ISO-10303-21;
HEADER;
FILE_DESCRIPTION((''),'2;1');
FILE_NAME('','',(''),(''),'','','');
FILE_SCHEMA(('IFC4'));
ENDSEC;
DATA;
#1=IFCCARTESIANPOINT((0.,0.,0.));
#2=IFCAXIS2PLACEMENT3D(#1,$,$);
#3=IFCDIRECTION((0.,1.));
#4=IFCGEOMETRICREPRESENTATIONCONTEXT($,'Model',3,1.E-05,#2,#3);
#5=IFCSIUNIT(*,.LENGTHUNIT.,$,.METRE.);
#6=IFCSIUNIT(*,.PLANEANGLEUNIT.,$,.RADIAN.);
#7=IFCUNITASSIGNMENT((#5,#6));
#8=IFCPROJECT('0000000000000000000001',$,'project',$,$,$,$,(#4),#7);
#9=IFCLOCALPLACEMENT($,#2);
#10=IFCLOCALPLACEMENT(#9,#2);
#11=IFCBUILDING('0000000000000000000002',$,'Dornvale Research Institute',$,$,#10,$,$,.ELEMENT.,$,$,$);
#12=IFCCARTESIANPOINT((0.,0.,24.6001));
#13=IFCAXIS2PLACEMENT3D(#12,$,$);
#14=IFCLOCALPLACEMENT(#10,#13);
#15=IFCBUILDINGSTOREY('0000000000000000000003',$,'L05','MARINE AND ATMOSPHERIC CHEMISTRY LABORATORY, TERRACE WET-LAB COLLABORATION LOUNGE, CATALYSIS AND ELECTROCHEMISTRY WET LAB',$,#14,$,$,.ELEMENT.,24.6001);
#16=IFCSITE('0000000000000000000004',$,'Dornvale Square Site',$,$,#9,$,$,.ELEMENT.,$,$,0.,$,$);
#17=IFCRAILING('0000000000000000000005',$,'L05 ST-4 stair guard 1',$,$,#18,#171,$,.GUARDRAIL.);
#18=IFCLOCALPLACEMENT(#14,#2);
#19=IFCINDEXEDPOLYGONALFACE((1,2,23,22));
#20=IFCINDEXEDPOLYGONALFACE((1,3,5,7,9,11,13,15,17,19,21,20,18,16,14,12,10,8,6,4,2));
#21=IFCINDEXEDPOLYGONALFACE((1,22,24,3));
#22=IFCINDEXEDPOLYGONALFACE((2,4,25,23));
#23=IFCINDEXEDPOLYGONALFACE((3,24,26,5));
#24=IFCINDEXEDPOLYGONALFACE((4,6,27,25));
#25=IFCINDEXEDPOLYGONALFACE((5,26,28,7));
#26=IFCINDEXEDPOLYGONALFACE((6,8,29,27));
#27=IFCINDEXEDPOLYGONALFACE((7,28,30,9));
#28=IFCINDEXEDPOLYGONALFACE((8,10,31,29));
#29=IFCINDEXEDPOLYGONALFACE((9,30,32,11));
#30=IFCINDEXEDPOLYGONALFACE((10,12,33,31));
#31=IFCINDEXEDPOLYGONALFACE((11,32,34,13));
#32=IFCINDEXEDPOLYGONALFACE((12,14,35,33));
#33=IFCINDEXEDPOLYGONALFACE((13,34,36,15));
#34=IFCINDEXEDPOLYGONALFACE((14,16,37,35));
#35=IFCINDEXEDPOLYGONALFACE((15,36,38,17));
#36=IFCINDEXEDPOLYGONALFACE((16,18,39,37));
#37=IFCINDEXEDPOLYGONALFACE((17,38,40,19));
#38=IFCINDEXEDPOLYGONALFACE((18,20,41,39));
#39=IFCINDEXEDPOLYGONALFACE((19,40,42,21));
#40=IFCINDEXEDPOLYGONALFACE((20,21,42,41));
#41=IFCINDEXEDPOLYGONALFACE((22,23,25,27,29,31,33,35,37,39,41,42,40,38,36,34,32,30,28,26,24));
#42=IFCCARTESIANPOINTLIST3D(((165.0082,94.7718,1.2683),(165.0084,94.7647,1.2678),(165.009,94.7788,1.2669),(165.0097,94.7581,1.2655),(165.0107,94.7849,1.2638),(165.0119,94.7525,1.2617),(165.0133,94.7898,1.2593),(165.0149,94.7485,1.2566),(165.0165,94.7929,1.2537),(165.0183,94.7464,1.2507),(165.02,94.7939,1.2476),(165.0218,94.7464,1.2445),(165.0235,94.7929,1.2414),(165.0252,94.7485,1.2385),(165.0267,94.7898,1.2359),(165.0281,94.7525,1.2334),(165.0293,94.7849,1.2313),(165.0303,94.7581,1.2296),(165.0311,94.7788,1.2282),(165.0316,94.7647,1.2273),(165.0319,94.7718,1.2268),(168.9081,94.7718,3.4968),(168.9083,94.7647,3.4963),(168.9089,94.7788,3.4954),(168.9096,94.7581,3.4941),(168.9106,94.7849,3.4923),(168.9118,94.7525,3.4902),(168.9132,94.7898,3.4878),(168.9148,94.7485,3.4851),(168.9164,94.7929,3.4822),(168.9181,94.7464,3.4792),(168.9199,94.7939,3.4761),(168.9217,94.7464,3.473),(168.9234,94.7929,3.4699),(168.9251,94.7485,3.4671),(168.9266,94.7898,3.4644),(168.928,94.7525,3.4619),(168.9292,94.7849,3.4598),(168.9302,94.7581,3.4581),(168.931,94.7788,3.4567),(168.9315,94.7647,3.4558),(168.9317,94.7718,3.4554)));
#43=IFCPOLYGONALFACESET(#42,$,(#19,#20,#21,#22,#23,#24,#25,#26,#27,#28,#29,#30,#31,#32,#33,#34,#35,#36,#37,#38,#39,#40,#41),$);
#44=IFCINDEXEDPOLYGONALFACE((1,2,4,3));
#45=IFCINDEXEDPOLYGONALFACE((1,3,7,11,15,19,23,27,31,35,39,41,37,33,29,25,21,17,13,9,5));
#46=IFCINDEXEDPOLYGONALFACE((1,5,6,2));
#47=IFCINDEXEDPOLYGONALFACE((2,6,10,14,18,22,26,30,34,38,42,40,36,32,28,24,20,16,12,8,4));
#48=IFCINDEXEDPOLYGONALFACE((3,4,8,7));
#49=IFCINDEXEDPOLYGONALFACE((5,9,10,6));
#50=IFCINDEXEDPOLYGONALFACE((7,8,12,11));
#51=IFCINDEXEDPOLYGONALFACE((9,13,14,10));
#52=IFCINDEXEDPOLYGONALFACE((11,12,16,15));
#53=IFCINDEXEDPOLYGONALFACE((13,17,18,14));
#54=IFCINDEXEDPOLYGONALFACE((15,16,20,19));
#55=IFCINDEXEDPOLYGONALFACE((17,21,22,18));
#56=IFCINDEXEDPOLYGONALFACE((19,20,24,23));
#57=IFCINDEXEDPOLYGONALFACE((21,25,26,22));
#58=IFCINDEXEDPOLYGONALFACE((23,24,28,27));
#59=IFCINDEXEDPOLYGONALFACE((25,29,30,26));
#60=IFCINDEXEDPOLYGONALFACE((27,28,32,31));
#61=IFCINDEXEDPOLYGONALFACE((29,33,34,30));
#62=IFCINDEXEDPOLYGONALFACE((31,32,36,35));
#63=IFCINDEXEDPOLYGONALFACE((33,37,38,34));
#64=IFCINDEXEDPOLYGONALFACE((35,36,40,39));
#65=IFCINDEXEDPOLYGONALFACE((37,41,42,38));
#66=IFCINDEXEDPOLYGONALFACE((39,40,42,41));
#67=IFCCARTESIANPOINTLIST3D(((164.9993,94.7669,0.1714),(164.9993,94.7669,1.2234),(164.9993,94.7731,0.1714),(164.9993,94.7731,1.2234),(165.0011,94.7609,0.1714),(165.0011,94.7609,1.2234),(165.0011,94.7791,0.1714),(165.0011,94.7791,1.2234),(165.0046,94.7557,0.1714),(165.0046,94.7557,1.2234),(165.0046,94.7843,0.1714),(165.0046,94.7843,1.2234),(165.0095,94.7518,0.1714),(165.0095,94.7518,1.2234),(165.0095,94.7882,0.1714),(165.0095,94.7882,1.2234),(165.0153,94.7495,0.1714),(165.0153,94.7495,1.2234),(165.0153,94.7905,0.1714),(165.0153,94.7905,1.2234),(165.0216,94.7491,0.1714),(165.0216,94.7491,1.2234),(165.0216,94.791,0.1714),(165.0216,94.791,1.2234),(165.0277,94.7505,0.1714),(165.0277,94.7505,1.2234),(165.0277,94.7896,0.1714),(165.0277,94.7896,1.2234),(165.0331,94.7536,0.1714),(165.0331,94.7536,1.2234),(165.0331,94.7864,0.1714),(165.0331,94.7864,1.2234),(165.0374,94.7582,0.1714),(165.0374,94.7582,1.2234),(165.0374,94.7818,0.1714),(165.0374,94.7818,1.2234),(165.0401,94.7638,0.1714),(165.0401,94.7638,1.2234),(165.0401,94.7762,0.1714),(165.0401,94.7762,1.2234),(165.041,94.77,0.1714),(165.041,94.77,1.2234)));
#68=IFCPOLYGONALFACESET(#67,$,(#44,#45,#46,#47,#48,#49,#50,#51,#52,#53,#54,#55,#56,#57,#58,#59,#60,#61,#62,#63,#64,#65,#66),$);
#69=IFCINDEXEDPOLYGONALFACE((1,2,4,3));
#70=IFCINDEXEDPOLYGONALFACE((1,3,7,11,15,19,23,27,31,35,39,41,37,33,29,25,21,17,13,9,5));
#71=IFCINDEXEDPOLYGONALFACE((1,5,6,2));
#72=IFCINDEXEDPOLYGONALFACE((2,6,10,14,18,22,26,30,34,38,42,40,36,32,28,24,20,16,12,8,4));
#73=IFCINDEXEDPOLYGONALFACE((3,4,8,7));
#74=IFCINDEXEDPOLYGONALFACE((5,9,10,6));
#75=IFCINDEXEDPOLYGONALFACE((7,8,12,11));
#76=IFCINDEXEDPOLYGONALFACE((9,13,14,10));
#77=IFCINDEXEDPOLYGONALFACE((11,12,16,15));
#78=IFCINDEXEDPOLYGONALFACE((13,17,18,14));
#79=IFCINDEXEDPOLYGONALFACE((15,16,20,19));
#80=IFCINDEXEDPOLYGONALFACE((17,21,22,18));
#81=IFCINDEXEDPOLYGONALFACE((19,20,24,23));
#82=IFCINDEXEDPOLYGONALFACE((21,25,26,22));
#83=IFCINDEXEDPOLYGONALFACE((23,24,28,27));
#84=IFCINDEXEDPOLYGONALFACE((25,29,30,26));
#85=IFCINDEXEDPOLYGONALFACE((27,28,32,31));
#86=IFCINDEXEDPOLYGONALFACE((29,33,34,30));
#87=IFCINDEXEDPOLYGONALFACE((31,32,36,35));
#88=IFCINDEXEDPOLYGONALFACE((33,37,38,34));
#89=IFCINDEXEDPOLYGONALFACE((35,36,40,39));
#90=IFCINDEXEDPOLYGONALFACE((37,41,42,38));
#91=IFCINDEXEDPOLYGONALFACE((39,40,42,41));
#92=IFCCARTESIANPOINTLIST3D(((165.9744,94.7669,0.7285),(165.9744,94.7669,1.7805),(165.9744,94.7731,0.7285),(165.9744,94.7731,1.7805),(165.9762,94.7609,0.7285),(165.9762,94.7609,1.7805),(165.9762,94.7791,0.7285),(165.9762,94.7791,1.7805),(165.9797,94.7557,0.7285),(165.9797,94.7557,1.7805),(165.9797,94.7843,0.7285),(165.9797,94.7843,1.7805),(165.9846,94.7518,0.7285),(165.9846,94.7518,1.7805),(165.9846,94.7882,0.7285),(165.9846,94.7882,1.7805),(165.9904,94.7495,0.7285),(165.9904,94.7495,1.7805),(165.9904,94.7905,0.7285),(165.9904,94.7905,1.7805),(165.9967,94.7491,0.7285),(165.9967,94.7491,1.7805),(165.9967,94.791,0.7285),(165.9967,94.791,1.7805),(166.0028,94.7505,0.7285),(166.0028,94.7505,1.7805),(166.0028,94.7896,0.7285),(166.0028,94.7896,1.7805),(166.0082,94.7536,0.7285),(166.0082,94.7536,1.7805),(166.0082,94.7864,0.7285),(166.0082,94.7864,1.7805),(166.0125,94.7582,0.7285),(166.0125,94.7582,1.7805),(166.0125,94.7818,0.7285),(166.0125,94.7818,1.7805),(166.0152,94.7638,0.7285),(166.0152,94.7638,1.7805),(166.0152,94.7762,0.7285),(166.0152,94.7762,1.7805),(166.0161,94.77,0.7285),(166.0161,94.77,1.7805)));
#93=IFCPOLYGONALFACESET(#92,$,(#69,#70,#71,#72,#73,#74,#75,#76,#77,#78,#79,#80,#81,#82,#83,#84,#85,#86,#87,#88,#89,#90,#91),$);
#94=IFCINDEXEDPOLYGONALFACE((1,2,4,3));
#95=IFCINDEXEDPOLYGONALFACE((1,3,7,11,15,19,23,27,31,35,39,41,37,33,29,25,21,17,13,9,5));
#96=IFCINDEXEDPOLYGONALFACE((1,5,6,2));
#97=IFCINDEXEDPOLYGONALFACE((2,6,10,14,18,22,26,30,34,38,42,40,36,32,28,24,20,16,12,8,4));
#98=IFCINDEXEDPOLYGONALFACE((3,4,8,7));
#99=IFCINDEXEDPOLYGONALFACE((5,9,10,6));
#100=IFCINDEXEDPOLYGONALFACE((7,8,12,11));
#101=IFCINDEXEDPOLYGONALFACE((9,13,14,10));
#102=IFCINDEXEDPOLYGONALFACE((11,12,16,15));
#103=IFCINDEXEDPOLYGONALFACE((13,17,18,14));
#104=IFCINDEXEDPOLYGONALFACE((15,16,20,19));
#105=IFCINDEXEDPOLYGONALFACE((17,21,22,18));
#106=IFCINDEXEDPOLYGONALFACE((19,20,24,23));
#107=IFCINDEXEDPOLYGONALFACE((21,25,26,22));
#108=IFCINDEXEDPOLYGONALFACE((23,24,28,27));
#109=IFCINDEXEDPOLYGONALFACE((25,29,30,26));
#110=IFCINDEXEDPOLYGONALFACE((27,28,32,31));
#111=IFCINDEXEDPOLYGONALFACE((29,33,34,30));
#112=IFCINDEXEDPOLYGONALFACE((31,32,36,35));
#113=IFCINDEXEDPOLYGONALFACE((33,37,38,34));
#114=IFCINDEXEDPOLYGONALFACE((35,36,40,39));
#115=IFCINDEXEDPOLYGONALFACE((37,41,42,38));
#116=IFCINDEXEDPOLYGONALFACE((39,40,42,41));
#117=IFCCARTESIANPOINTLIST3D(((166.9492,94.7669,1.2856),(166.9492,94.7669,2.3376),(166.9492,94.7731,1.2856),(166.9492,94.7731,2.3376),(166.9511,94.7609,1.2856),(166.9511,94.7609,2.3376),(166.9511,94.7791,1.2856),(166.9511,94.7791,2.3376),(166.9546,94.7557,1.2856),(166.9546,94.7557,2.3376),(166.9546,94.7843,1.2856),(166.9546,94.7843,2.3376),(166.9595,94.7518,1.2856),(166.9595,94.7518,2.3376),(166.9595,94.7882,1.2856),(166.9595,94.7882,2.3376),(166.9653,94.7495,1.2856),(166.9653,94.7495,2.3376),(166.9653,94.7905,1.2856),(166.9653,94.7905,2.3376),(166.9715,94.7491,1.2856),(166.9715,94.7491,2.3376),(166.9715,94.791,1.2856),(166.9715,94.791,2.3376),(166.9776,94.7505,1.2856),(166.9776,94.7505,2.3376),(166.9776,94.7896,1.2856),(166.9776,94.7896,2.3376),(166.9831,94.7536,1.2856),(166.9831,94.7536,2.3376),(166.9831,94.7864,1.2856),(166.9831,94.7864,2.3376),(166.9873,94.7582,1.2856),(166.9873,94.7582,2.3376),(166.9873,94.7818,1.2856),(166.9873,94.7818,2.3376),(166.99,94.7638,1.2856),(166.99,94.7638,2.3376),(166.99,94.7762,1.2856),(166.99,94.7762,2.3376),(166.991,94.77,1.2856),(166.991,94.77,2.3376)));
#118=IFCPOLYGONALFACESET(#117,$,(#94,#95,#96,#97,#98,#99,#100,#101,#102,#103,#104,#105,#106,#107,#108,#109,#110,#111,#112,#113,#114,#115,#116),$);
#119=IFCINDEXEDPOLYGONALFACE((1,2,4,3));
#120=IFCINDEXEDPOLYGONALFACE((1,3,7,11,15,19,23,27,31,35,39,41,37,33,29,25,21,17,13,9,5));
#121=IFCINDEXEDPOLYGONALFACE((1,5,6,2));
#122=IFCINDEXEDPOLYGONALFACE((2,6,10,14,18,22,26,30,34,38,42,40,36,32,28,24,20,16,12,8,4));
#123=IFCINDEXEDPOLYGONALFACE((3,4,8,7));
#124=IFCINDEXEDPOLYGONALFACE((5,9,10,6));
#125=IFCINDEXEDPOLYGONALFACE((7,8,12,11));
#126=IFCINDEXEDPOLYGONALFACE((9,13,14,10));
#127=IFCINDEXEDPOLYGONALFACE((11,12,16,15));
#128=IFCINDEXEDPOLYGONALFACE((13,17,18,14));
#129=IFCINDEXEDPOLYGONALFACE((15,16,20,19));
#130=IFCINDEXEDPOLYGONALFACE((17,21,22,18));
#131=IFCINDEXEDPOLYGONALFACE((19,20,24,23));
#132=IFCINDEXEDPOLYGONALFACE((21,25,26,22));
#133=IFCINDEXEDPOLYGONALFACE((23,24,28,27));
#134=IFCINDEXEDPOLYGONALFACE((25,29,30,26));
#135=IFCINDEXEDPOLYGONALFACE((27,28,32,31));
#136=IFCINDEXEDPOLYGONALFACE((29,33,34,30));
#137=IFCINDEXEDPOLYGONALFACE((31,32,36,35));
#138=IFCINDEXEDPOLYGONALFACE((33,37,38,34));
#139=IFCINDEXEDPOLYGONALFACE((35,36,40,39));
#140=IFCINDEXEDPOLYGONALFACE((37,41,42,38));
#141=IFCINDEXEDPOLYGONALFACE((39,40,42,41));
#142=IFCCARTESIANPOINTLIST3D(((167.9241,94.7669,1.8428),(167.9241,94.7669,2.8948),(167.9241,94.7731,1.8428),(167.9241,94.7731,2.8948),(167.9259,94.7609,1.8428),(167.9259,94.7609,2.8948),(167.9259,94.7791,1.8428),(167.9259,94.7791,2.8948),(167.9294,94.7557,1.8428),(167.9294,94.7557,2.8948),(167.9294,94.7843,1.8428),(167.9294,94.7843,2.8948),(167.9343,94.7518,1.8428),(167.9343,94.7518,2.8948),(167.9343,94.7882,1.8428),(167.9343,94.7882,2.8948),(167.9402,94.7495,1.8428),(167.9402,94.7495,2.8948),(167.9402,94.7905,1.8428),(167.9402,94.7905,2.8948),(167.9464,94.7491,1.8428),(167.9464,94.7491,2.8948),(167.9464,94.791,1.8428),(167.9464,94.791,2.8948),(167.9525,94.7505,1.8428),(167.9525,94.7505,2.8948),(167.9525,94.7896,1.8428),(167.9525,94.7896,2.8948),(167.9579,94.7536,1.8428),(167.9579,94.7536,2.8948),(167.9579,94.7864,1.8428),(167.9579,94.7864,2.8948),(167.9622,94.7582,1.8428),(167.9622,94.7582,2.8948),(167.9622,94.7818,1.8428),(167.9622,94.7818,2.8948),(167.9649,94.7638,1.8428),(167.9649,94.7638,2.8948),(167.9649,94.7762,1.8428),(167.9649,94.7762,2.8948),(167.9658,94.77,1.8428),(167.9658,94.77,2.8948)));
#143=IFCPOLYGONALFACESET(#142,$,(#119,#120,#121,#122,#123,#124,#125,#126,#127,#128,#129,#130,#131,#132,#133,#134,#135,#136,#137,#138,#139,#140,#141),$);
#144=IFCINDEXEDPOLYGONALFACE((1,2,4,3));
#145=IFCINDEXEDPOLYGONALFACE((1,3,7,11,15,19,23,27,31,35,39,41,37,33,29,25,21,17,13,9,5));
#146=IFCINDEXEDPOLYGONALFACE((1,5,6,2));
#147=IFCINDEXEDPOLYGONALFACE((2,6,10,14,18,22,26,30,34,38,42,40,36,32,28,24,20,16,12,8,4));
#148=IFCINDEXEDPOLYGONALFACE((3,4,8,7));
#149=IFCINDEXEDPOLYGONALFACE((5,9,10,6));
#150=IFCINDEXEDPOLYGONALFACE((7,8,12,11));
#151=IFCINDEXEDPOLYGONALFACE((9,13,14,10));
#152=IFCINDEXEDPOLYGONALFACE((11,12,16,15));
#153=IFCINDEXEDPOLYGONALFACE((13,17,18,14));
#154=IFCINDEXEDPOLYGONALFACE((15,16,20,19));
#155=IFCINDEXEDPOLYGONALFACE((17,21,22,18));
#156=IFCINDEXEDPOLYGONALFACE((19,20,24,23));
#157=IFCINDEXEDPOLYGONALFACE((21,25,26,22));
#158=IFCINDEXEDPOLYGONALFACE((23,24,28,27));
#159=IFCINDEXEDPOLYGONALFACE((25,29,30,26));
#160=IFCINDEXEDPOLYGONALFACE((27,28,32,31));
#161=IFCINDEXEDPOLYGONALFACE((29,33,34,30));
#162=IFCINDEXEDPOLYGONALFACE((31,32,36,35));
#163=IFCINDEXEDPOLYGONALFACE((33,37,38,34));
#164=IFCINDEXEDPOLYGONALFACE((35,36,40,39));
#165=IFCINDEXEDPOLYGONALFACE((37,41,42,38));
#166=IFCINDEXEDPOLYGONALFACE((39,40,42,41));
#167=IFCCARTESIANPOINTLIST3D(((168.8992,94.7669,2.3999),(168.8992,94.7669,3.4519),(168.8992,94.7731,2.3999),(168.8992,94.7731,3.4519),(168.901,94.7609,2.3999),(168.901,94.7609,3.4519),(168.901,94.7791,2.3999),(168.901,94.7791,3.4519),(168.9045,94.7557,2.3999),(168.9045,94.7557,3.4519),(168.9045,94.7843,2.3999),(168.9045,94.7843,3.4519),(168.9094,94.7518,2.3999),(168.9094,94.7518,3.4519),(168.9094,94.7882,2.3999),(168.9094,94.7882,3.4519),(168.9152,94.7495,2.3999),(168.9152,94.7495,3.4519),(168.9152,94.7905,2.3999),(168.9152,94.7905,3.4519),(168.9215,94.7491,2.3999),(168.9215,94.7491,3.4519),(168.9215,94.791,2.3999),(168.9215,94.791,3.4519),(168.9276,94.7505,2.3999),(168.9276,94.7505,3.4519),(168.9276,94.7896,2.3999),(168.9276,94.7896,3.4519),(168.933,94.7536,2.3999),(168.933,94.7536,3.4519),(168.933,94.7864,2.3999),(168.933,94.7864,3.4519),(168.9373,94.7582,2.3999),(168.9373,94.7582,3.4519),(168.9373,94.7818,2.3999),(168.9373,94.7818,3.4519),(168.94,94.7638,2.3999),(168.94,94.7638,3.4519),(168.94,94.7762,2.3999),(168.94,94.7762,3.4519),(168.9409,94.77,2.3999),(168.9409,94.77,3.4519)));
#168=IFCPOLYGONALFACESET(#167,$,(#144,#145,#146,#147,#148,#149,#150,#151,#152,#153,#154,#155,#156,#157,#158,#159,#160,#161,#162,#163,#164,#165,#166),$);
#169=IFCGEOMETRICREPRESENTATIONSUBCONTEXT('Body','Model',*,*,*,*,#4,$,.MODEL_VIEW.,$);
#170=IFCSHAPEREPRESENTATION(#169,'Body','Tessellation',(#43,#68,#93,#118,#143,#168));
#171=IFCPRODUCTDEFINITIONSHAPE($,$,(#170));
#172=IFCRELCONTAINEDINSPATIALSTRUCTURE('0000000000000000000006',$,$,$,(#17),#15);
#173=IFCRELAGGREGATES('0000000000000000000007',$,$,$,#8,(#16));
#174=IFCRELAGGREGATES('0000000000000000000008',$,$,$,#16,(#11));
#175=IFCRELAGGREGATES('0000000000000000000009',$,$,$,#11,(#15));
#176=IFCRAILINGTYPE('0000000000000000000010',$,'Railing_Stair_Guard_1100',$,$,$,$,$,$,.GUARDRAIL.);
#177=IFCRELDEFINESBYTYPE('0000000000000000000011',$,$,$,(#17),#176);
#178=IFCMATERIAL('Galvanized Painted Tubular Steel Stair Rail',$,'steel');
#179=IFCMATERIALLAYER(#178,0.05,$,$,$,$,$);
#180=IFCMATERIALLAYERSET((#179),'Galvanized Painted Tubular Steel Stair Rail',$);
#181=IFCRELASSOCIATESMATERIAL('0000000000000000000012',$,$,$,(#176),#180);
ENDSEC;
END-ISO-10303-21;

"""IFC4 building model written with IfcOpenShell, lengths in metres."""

from ifc_helpers import new_model, si_unit, direction, frame, origin, origin_2d, place, context, subcontext, project, spatial, circle, extrude, material, layer, layer_set, type_object, element, save


model = new_model("IFC4")

# Units and contexts
model_context = context("Model", 3, precision=1e-05, world=origin(), true_north=direction((0.0, 1.0)))
body_context = subcontext(model_context, "Body", "Model", "MODEL_VIEW")
ifc_project = project(units=[si_unit("LENGTHUNIT", "METRE"), si_unit("PLANEANGLEUNIT", "RADIAN")], contexts=[model_context])

# Site, building, storey
site_placement = place(None, origin())
site = spatial("IfcSite", under=ifc_project, at=site_placement, Name="Dornvale Square Site", CompositionType="ELEMENT", RefElevation=0.0)
building_placement = place(site_placement, origin())
building = spatial("IfcBuilding", under=site, at=building_placement, Name="Dornvale Research Institute", CompositionType="ELEMENT")
storey_placement = place(building_placement, frame((0.0, 0.0, 24.6001)))
storey = spatial("IfcBuildingStorey", under=building, at=storey_placement, Name="L05", Description="MARINE AND ATMOSPHERIC CHEMISTRY LABORATORY, TERRACE WET-LAB COLLABORATION LOUNGE, CATALYSIS AND ELECTROCHEMISTRY WET LAB", CompositionType="ELEMENT", Elevation=24.6001)

# Railing
ifc_material_1 = material(Name="Galvanized Painted Tubular Steel Stair Rail", Category="steel")
ifc_layer_1 = layer(ifc_material_1, 0.05)
ifc_layer_set_1 = layer_set([ifc_layer_1], Name="Galvanized Painted Tubular Steel Stair Rail")
railing_type_1 = type_object("IfcRailingType", Name="Railing_Stair_Guard_1100", PredefinedType="GUARDRAIL", material=ifc_layer_set_1)
railing_1_placement = place(storey_placement, frame((165.02, 94.77, 0.1714)))
element("IfcRailing", 1, at=railing_1_placement, inside=storey, type_object=railing_type_1, Name="L05 ST-4 stair guard 1", PredefinedType="GUARDRAIL", context=body_context, shape_type="SweptSolid", body=[
    extrude(circle(Radius=0.0239, at=origin_2d()), frame((0.0, 0.0, 1.0762), z_axis=(0.868243, 0.0, 0.496139), x_axis=(0.0, 1.0, 0.0)), (0.0, 0.0, 1.0), 4.4917),
    extrude(circle(Radius=0.021, at=origin_2d()), origin(), (0.0, 0.0, 1.0), 1.052),
    extrude(circle(Radius=0.021, at=origin_2d()), frame((0.9751, 0.0, 0.5571)), (0.0, 0.0, 1.0), 1.052),
    extrude(circle(Radius=0.021, at=origin_2d()), frame((1.95, 0.0, 1.1143)), (0.0, 0.0, 1.0), 1.052),
    extrude(circle(Radius=0.021, at=origin_2d()), frame((2.9248, 0.0, 1.6714)), (0.0, 0.0, 1.0), 1.052),
    extrude(circle(Radius=0.021, at=origin_2d()), frame((3.8999, 0.0, 2.2285)), (0.0, 0.0, 1.0), 1.052),
])

save(model, "model.ifc")
